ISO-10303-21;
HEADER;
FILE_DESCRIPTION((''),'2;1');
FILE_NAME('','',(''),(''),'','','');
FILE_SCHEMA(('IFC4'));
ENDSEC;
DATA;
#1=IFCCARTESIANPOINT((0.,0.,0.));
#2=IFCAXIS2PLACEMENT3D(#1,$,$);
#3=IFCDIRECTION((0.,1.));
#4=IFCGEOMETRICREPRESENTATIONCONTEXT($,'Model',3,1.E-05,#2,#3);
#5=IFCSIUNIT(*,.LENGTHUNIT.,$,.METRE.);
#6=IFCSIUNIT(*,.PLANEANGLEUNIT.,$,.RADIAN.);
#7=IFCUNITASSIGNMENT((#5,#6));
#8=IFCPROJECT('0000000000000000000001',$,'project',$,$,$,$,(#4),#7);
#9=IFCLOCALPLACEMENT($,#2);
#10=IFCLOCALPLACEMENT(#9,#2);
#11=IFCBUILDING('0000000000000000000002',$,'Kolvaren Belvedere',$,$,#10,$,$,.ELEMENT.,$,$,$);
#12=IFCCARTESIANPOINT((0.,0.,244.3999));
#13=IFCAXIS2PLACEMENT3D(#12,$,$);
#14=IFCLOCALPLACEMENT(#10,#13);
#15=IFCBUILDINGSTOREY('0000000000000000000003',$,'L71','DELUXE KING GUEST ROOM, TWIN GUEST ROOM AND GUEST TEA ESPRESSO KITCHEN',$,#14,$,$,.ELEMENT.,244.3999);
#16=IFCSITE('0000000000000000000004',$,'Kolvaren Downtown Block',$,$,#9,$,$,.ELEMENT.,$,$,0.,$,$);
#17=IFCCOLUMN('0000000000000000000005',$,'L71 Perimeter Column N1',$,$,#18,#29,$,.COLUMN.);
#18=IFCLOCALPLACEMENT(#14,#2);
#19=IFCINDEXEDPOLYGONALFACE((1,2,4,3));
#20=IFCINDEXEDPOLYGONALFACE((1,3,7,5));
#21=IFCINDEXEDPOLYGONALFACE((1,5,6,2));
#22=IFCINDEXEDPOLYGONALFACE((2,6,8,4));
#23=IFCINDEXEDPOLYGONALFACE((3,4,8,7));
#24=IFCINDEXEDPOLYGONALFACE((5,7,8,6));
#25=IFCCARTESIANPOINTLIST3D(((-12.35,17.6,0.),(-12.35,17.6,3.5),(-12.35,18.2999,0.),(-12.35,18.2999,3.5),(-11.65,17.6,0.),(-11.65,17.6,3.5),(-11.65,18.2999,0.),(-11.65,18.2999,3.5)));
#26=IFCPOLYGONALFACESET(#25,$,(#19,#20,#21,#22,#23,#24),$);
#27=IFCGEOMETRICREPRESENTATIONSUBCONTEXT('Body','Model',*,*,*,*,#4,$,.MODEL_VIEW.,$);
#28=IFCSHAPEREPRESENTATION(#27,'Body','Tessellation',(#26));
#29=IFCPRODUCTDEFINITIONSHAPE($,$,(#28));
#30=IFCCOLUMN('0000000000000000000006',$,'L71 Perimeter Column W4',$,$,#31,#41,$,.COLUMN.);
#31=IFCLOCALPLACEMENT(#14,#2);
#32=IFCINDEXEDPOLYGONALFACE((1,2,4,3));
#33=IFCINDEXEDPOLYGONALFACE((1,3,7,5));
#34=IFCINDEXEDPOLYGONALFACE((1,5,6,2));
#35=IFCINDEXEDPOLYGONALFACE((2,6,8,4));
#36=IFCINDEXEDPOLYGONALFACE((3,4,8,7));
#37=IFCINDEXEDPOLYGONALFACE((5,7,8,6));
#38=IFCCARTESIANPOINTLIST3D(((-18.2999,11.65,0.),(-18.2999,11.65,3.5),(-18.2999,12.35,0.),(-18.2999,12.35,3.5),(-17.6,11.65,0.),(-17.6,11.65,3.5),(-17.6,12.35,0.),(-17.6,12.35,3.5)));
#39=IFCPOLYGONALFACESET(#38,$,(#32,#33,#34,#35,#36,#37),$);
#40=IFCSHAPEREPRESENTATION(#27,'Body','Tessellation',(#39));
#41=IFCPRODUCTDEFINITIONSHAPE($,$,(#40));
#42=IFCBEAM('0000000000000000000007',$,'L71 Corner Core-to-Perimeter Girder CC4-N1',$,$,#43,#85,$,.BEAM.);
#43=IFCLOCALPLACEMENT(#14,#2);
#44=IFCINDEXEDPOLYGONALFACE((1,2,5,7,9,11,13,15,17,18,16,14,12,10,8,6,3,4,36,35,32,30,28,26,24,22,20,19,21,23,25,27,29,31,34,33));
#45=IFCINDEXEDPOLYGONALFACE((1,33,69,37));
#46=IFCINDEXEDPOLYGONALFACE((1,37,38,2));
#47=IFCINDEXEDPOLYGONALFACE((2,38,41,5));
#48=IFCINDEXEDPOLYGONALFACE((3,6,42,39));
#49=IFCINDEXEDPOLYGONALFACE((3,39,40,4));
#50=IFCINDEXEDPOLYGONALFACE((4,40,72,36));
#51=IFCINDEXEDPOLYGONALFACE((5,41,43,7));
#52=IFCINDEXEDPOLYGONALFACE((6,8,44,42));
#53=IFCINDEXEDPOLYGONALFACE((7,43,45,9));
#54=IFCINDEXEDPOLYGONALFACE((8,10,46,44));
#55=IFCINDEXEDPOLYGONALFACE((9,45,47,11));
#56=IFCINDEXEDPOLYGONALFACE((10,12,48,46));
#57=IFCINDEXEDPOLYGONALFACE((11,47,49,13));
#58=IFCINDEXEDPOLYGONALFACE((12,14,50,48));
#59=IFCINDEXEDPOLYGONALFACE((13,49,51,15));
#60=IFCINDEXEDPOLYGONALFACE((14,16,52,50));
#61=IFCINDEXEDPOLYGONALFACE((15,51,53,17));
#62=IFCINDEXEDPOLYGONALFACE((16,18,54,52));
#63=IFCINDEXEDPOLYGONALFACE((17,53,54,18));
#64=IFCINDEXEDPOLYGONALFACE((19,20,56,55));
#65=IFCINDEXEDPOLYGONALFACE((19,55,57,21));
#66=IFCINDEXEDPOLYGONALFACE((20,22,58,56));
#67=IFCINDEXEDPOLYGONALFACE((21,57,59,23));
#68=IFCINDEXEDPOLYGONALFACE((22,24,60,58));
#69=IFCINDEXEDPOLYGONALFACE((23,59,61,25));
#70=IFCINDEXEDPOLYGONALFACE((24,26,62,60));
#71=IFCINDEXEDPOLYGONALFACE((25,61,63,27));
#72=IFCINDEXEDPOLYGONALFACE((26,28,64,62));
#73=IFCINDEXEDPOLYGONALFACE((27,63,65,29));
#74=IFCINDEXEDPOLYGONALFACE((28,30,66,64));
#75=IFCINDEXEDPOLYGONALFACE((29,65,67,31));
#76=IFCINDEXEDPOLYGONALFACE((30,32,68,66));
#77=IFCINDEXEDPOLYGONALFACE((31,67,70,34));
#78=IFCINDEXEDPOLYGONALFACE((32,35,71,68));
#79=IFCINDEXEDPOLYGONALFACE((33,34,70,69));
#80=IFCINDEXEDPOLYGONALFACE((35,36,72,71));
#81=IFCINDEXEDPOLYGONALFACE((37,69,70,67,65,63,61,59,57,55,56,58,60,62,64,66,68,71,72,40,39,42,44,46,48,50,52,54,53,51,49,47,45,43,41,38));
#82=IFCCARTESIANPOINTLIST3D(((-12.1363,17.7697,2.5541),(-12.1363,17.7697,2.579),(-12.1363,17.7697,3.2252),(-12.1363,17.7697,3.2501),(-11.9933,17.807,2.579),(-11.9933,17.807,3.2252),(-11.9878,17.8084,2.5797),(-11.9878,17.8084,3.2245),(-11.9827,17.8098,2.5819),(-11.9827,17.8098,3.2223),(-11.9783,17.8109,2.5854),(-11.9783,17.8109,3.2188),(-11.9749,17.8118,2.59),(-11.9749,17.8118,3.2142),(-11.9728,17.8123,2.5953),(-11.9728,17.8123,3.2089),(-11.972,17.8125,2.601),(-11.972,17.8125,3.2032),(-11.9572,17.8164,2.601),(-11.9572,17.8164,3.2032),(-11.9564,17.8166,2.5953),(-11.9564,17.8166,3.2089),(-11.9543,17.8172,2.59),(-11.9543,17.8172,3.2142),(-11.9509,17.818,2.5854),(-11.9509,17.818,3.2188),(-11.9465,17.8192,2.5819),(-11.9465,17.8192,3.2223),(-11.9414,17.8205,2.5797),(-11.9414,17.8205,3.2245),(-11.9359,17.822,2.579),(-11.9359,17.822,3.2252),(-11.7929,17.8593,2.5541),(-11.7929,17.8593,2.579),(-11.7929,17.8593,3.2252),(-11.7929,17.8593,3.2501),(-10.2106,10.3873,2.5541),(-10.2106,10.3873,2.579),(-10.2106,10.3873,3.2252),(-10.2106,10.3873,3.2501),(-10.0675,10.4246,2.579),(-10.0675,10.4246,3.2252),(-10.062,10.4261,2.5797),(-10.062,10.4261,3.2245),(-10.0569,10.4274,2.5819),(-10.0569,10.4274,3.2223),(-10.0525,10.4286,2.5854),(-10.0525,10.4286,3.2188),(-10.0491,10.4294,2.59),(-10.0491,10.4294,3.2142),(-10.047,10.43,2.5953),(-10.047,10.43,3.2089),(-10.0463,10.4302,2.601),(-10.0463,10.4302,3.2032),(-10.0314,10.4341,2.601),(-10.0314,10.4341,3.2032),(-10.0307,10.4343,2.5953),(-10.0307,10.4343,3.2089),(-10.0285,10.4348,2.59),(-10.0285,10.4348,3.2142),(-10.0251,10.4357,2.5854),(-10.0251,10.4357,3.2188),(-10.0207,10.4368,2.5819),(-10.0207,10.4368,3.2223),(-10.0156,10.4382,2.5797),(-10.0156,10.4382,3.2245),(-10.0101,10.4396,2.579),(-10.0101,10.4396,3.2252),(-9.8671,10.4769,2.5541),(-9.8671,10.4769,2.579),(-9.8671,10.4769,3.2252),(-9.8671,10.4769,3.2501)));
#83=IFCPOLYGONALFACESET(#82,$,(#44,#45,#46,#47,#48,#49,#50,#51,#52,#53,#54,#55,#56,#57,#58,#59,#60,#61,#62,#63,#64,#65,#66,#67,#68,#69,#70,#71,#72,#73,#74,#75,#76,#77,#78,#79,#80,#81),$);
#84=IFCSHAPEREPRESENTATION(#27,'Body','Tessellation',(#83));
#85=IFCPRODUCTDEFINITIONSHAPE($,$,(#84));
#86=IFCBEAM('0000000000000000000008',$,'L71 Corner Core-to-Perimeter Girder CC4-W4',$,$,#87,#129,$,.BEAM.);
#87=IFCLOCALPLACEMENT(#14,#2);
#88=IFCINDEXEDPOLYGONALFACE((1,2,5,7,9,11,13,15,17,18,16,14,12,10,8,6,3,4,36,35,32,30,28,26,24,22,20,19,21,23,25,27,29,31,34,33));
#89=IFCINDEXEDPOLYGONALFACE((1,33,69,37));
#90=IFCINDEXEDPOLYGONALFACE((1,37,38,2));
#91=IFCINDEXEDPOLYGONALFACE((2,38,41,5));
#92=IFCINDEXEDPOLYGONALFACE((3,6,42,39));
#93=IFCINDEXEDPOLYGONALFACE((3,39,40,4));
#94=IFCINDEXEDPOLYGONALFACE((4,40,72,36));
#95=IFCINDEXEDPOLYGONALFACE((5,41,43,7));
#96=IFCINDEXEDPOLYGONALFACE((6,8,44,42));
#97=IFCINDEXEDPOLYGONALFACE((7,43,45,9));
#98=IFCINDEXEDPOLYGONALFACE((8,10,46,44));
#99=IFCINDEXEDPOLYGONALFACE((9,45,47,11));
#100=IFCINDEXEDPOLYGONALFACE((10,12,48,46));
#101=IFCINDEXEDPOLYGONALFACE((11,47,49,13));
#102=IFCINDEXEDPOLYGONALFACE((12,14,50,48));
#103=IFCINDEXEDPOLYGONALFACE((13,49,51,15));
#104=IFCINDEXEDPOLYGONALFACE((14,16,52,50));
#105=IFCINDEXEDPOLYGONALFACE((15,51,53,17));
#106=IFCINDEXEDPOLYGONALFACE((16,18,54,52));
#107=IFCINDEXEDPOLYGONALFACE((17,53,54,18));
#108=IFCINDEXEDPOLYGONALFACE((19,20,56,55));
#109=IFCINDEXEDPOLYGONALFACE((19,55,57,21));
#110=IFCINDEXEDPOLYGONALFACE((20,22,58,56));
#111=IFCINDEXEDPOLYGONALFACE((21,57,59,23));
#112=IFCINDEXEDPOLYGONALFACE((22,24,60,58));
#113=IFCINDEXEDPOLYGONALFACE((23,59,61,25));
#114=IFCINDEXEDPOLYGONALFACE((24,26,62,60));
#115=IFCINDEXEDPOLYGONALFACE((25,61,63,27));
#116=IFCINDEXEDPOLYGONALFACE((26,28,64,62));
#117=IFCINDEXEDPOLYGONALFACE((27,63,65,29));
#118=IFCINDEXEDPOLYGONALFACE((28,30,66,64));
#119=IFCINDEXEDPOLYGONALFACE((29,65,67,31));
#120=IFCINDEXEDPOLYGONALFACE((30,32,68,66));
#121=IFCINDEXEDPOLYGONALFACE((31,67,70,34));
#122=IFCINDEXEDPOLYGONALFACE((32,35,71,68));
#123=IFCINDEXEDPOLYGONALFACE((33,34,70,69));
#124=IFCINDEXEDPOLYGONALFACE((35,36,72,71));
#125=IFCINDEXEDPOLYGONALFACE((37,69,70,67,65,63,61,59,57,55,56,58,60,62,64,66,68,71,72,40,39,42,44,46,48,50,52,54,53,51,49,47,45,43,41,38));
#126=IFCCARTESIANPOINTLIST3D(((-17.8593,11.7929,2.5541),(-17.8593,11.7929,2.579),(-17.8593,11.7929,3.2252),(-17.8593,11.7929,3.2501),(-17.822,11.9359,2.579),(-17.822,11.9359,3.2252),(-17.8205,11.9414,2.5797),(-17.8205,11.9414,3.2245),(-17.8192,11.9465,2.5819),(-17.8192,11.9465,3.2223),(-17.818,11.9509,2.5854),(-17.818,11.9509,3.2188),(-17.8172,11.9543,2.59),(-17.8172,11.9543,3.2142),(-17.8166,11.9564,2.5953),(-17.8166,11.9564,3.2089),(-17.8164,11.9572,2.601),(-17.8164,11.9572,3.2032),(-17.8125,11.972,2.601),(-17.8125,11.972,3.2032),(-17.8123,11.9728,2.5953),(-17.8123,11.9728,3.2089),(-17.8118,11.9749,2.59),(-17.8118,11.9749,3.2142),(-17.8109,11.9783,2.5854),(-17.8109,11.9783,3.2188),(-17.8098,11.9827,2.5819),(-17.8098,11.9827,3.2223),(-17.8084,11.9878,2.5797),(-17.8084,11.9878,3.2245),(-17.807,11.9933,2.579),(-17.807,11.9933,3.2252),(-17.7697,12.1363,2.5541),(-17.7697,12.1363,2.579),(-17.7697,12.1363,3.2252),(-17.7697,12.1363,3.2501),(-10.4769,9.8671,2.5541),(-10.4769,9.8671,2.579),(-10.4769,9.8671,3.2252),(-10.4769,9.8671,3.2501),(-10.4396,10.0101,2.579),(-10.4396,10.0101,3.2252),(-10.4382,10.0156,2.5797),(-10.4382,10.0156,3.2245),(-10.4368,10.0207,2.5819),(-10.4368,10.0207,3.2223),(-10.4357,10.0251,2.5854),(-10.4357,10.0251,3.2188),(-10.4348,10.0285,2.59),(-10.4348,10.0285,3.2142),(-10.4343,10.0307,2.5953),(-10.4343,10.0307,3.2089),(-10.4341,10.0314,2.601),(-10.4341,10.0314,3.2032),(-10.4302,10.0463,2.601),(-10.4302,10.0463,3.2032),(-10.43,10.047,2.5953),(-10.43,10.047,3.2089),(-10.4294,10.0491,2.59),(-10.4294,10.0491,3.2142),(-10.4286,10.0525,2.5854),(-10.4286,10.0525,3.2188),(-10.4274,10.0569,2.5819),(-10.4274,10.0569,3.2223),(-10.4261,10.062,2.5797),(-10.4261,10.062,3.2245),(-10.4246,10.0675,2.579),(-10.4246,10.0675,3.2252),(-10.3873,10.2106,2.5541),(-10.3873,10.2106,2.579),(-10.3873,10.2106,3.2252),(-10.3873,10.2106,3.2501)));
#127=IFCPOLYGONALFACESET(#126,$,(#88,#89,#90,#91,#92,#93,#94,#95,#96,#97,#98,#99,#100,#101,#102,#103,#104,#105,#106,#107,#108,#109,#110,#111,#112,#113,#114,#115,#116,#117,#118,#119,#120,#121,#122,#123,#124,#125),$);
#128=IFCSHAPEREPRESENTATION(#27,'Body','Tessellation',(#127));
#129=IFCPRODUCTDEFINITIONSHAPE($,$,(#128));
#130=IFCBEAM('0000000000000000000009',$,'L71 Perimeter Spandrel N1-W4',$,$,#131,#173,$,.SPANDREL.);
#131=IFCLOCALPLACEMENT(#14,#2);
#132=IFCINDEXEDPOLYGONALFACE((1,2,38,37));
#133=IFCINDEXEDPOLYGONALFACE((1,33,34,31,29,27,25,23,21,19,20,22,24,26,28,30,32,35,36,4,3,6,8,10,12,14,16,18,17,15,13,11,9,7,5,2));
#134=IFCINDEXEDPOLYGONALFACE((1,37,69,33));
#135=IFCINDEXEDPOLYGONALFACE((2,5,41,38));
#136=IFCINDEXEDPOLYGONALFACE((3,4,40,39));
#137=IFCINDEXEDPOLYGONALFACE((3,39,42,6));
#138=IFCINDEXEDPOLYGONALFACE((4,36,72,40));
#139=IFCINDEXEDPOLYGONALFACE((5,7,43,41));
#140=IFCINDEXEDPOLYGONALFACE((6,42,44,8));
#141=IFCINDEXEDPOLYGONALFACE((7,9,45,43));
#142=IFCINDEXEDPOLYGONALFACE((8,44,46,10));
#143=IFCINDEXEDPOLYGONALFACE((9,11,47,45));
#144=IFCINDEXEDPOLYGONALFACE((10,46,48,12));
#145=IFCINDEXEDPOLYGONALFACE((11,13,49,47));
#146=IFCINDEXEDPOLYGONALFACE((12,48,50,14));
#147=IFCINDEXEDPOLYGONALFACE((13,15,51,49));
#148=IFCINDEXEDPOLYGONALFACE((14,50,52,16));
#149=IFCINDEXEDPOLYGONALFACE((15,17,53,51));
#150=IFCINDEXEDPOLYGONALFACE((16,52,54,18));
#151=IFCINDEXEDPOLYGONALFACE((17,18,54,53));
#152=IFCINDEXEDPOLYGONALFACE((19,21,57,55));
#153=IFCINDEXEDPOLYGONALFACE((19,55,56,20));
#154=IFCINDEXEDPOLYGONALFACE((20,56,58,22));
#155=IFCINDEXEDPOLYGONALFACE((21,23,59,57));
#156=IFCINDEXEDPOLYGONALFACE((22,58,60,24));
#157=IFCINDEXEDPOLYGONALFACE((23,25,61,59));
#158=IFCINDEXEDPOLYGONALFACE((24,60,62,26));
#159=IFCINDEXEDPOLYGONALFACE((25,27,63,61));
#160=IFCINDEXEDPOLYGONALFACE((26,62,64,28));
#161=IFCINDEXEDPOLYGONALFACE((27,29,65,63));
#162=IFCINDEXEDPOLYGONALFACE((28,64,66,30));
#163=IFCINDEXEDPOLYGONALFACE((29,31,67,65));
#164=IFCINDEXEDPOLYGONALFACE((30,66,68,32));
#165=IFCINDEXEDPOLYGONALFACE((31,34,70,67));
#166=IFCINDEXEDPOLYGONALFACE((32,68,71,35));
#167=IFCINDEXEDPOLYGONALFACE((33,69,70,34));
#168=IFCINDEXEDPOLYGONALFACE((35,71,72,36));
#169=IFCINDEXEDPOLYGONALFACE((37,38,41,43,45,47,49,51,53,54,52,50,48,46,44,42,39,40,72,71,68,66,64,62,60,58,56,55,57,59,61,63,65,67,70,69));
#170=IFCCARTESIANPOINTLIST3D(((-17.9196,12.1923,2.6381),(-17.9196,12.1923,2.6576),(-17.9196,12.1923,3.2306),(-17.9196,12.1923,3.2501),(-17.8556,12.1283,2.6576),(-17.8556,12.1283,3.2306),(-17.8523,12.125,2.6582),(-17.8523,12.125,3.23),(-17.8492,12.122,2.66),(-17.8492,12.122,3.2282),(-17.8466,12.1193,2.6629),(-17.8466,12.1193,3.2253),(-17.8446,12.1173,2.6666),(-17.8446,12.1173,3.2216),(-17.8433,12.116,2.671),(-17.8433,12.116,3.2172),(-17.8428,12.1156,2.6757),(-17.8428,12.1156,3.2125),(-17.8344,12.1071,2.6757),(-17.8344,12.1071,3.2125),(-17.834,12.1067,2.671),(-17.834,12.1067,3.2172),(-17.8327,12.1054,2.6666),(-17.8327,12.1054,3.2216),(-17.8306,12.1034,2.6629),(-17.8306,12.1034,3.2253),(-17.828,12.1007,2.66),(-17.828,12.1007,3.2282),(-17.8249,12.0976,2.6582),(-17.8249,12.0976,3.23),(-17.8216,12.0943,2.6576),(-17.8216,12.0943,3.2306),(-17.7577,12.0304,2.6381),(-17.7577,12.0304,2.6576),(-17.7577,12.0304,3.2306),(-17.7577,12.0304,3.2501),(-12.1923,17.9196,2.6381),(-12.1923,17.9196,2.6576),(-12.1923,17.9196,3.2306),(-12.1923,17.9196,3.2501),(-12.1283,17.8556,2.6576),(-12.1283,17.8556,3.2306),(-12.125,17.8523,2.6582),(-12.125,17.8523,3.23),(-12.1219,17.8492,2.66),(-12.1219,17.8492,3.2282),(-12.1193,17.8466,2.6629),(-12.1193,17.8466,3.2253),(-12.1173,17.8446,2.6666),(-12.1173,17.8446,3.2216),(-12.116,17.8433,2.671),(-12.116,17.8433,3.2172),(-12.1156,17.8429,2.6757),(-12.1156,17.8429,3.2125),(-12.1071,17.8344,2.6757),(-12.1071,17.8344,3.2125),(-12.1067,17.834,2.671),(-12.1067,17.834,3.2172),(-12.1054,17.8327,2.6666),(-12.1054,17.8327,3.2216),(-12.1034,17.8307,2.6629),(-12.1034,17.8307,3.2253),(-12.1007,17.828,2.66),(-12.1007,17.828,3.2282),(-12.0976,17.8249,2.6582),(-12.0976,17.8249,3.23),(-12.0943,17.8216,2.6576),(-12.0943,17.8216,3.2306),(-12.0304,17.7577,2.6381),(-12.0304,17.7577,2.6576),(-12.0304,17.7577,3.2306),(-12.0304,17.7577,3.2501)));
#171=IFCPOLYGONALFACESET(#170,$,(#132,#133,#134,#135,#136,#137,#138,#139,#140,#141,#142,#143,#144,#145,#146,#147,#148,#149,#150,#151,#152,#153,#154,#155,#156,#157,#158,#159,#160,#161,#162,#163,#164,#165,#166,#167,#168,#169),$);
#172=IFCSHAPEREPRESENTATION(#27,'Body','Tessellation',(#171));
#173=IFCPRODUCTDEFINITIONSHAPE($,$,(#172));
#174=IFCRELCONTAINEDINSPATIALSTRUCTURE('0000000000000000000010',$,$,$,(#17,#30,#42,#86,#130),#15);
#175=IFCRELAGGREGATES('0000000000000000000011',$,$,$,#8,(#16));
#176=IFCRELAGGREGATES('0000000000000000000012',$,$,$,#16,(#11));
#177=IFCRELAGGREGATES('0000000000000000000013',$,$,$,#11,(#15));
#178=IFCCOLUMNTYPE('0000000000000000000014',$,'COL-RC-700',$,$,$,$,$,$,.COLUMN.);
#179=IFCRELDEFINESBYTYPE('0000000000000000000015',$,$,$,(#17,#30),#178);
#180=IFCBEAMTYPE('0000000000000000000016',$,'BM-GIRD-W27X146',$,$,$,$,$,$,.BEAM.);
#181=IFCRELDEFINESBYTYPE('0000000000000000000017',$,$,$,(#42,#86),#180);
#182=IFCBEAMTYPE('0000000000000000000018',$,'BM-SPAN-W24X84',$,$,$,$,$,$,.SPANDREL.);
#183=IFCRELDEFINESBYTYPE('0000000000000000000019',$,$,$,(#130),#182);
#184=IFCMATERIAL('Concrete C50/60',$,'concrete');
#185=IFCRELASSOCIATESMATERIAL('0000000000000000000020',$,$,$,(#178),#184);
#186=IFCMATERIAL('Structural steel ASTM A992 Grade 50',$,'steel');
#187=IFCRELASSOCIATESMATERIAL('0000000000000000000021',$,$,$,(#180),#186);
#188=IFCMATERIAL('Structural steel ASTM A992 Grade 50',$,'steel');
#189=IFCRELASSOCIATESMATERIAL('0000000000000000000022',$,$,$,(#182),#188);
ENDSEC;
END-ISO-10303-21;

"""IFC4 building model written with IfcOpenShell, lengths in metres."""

from ifc_helpers import new_model, si_unit, direction, frame, origin, origin_2d, place, context, subcontext, project, spatial, rectangle, i_section, extrude, material, material_profile, profile_set, type_object, element, save


model = new_model("IFC4")

# Units and contexts
model_context = context("Model", 3, precision=1e-05, world=origin(), true_north=direction((0.0, 1.0)))
body_context = subcontext(model_context, "Body", "Model", "MODEL_VIEW")
ifc_project = project(units=[si_unit("LENGTHUNIT", "METRE"), si_unit("PLANEANGLEUNIT", "RADIAN")], contexts=[model_context])

# Site, building, storey
site_placement = place(None, origin())
site = spatial("IfcSite", under=ifc_project, at=site_placement, Name="Kolvaren Downtown Block", CompositionType="ELEMENT", RefElevation=0.0)
building_placement = place(site_placement, origin())
building = spatial("IfcBuilding", under=site, at=building_placement, Name="Kolvaren Belvedere", CompositionType="ELEMENT")
storey_placement = place(building_placement, frame((0.0, 0.0, 244.3999)))
storey = spatial("IfcBuildingStorey", under=building, at=storey_placement, Name="L71", Description="DELUXE KING GUEST ROOM, TWIN GUEST ROOM AND GUEST TEA ESPRESSO KITCHEN", CompositionType="ELEMENT", Elevation=244.3999)

# Columns
ifc_material_1 = material(Name="Concrete C50/60", Category="concrete")
ifc_material_profile_1 = material_profile(ifc_material_1, rectangle(XDim=0.7, YDim=0.7, at=origin_2d()), Name="RC 700X700")
ifc_profile_set_1 = profile_set([ifc_material_profile_1], Name="Concrete C50/60")
column_type = type_object("IfcColumnType", Name="COL-RC-700", PredefinedType="COLUMN", material=ifc_profile_set_1)
for number, where, z_axis, x_axis, name in (
    (1, (-12.0, 17.95, 0.0), (0.0, 0.0, 1.0), (1.0, 0.0, 0.0), "L71 Perimeter Column N1"),
    (2, (-17.95, 12.0, 0.0), (0.0, 0.0, 1.0), (1.0, 0.0, 0.0), "L71 Perimeter Column W4"),
):
    element("IfcColumn", number, at=place(storey_placement, frame(where, z_axis=z_axis, x_axis=x_axis)), inside=storey, type_object=column_type, Name=name, PredefinedType="COLUMN", context=body_context, shape_type="SweptSolid", body=[
        extrude(rectangle(XDim=0.7, YDim=0.7, at=origin_2d()), origin(), (0.0, 0.0, 1.0), 3.5),
    ])

# Beams
ifc_material_2 = material(Name="Structural steel ASTM A992 Grade 50", Category="steel")
ifc_material_profile_2 = material_profile(ifc_material_2, i_section(OverallWidth=0.355, OverallDepth=0.696, WebThickness=0.0154, FlangeThickness=0.0249, FilletRadius=0.022, at=origin_2d()), Name="W27X146")
ifc_profile_set_2 = profile_set([ifc_material_profile_2], Name="Structural steel ASTM A992 Grade 50")
beam_type_1 = type_object("IfcBeamType", Name="BM-GIRD-W27X146", PredefinedType="BEAM", material=ifc_profile_set_2)
for number, where, z_axis, x_axis, name in (
    (3, (-10.0388, 10.4321, 2.9021), (-0.252417, 0.967619, 0.0), (-0.967619, -0.252417, 0.0), "L71 Corner Core-to-Perimeter Girder CC4-N1"),
    (4, (-10.4321, 10.0388, 2.9021), (-0.967619, 0.252417, 0.0), (-0.252417, -0.967619, 0.0), "L71 Corner Core-to-Perimeter Girder CC4-W4"),
):
    element("IfcBeam", number, at=place(storey_placement, frame(where, z_axis=z_axis, x_axis=x_axis)), inside=storey, type_object=beam_type_1, Name=name, PredefinedType="BEAM", context=body_context, shape_type="SweptSolid", body=[
        extrude(i_section(OverallWidth=0.355, OverallDepth=0.696, WebThickness=0.0154, FlangeThickness=0.0249, FilletRadius=0.022, at=origin_2d()), origin(), (0.0, 0.0, 1.0), 7.6294),
    ])
ifc_material_3 = material(Name="Structural steel ASTM A992 Grade 50", Category="steel")
ifc_material_profile_3 = material_profile(ifc_material_3, i_section(OverallWidth=0.229, OverallDepth=0.6121, WebThickness=0.012, FlangeThickness=0.0195, FilletRadius=0.0181, at=origin_2d()), Name="W24X84")
ifc_profile_set_3 = profile_set([ifc_material_profile_3], Name="Structural steel ASTM A992 Grade 50")
beam_type_2 = type_object("IfcBeamType", Name="BM-SPAN-W24X84", PredefinedType="SPANDREL", material=ifc_profile_set_3)
beam_1_placement = place(storey_placement, frame((-12.1113, 17.8386, 2.9441), z_axis=(-0.707107, -0.707107, 0.0), x_axis=(0.707107, -0.707107, 0.0)))
element("IfcBeam", 5, at=beam_1_placement, inside=storey, type_object=beam_type_2, Name="L71 Perimeter Spandrel N1-W4", PredefinedType="SPANDREL", context=body_context, shape_type="SweptSolid", body=[
    extrude(i_section(OverallWidth=0.229, OverallDepth=0.6121, WebThickness=0.012, FlangeThickness=0.0195, FilletRadius=0.0181, at=origin_2d()), origin(), (0.0, 0.0, 1.0), 8.0996),
])

save(model, "model.ifc")
